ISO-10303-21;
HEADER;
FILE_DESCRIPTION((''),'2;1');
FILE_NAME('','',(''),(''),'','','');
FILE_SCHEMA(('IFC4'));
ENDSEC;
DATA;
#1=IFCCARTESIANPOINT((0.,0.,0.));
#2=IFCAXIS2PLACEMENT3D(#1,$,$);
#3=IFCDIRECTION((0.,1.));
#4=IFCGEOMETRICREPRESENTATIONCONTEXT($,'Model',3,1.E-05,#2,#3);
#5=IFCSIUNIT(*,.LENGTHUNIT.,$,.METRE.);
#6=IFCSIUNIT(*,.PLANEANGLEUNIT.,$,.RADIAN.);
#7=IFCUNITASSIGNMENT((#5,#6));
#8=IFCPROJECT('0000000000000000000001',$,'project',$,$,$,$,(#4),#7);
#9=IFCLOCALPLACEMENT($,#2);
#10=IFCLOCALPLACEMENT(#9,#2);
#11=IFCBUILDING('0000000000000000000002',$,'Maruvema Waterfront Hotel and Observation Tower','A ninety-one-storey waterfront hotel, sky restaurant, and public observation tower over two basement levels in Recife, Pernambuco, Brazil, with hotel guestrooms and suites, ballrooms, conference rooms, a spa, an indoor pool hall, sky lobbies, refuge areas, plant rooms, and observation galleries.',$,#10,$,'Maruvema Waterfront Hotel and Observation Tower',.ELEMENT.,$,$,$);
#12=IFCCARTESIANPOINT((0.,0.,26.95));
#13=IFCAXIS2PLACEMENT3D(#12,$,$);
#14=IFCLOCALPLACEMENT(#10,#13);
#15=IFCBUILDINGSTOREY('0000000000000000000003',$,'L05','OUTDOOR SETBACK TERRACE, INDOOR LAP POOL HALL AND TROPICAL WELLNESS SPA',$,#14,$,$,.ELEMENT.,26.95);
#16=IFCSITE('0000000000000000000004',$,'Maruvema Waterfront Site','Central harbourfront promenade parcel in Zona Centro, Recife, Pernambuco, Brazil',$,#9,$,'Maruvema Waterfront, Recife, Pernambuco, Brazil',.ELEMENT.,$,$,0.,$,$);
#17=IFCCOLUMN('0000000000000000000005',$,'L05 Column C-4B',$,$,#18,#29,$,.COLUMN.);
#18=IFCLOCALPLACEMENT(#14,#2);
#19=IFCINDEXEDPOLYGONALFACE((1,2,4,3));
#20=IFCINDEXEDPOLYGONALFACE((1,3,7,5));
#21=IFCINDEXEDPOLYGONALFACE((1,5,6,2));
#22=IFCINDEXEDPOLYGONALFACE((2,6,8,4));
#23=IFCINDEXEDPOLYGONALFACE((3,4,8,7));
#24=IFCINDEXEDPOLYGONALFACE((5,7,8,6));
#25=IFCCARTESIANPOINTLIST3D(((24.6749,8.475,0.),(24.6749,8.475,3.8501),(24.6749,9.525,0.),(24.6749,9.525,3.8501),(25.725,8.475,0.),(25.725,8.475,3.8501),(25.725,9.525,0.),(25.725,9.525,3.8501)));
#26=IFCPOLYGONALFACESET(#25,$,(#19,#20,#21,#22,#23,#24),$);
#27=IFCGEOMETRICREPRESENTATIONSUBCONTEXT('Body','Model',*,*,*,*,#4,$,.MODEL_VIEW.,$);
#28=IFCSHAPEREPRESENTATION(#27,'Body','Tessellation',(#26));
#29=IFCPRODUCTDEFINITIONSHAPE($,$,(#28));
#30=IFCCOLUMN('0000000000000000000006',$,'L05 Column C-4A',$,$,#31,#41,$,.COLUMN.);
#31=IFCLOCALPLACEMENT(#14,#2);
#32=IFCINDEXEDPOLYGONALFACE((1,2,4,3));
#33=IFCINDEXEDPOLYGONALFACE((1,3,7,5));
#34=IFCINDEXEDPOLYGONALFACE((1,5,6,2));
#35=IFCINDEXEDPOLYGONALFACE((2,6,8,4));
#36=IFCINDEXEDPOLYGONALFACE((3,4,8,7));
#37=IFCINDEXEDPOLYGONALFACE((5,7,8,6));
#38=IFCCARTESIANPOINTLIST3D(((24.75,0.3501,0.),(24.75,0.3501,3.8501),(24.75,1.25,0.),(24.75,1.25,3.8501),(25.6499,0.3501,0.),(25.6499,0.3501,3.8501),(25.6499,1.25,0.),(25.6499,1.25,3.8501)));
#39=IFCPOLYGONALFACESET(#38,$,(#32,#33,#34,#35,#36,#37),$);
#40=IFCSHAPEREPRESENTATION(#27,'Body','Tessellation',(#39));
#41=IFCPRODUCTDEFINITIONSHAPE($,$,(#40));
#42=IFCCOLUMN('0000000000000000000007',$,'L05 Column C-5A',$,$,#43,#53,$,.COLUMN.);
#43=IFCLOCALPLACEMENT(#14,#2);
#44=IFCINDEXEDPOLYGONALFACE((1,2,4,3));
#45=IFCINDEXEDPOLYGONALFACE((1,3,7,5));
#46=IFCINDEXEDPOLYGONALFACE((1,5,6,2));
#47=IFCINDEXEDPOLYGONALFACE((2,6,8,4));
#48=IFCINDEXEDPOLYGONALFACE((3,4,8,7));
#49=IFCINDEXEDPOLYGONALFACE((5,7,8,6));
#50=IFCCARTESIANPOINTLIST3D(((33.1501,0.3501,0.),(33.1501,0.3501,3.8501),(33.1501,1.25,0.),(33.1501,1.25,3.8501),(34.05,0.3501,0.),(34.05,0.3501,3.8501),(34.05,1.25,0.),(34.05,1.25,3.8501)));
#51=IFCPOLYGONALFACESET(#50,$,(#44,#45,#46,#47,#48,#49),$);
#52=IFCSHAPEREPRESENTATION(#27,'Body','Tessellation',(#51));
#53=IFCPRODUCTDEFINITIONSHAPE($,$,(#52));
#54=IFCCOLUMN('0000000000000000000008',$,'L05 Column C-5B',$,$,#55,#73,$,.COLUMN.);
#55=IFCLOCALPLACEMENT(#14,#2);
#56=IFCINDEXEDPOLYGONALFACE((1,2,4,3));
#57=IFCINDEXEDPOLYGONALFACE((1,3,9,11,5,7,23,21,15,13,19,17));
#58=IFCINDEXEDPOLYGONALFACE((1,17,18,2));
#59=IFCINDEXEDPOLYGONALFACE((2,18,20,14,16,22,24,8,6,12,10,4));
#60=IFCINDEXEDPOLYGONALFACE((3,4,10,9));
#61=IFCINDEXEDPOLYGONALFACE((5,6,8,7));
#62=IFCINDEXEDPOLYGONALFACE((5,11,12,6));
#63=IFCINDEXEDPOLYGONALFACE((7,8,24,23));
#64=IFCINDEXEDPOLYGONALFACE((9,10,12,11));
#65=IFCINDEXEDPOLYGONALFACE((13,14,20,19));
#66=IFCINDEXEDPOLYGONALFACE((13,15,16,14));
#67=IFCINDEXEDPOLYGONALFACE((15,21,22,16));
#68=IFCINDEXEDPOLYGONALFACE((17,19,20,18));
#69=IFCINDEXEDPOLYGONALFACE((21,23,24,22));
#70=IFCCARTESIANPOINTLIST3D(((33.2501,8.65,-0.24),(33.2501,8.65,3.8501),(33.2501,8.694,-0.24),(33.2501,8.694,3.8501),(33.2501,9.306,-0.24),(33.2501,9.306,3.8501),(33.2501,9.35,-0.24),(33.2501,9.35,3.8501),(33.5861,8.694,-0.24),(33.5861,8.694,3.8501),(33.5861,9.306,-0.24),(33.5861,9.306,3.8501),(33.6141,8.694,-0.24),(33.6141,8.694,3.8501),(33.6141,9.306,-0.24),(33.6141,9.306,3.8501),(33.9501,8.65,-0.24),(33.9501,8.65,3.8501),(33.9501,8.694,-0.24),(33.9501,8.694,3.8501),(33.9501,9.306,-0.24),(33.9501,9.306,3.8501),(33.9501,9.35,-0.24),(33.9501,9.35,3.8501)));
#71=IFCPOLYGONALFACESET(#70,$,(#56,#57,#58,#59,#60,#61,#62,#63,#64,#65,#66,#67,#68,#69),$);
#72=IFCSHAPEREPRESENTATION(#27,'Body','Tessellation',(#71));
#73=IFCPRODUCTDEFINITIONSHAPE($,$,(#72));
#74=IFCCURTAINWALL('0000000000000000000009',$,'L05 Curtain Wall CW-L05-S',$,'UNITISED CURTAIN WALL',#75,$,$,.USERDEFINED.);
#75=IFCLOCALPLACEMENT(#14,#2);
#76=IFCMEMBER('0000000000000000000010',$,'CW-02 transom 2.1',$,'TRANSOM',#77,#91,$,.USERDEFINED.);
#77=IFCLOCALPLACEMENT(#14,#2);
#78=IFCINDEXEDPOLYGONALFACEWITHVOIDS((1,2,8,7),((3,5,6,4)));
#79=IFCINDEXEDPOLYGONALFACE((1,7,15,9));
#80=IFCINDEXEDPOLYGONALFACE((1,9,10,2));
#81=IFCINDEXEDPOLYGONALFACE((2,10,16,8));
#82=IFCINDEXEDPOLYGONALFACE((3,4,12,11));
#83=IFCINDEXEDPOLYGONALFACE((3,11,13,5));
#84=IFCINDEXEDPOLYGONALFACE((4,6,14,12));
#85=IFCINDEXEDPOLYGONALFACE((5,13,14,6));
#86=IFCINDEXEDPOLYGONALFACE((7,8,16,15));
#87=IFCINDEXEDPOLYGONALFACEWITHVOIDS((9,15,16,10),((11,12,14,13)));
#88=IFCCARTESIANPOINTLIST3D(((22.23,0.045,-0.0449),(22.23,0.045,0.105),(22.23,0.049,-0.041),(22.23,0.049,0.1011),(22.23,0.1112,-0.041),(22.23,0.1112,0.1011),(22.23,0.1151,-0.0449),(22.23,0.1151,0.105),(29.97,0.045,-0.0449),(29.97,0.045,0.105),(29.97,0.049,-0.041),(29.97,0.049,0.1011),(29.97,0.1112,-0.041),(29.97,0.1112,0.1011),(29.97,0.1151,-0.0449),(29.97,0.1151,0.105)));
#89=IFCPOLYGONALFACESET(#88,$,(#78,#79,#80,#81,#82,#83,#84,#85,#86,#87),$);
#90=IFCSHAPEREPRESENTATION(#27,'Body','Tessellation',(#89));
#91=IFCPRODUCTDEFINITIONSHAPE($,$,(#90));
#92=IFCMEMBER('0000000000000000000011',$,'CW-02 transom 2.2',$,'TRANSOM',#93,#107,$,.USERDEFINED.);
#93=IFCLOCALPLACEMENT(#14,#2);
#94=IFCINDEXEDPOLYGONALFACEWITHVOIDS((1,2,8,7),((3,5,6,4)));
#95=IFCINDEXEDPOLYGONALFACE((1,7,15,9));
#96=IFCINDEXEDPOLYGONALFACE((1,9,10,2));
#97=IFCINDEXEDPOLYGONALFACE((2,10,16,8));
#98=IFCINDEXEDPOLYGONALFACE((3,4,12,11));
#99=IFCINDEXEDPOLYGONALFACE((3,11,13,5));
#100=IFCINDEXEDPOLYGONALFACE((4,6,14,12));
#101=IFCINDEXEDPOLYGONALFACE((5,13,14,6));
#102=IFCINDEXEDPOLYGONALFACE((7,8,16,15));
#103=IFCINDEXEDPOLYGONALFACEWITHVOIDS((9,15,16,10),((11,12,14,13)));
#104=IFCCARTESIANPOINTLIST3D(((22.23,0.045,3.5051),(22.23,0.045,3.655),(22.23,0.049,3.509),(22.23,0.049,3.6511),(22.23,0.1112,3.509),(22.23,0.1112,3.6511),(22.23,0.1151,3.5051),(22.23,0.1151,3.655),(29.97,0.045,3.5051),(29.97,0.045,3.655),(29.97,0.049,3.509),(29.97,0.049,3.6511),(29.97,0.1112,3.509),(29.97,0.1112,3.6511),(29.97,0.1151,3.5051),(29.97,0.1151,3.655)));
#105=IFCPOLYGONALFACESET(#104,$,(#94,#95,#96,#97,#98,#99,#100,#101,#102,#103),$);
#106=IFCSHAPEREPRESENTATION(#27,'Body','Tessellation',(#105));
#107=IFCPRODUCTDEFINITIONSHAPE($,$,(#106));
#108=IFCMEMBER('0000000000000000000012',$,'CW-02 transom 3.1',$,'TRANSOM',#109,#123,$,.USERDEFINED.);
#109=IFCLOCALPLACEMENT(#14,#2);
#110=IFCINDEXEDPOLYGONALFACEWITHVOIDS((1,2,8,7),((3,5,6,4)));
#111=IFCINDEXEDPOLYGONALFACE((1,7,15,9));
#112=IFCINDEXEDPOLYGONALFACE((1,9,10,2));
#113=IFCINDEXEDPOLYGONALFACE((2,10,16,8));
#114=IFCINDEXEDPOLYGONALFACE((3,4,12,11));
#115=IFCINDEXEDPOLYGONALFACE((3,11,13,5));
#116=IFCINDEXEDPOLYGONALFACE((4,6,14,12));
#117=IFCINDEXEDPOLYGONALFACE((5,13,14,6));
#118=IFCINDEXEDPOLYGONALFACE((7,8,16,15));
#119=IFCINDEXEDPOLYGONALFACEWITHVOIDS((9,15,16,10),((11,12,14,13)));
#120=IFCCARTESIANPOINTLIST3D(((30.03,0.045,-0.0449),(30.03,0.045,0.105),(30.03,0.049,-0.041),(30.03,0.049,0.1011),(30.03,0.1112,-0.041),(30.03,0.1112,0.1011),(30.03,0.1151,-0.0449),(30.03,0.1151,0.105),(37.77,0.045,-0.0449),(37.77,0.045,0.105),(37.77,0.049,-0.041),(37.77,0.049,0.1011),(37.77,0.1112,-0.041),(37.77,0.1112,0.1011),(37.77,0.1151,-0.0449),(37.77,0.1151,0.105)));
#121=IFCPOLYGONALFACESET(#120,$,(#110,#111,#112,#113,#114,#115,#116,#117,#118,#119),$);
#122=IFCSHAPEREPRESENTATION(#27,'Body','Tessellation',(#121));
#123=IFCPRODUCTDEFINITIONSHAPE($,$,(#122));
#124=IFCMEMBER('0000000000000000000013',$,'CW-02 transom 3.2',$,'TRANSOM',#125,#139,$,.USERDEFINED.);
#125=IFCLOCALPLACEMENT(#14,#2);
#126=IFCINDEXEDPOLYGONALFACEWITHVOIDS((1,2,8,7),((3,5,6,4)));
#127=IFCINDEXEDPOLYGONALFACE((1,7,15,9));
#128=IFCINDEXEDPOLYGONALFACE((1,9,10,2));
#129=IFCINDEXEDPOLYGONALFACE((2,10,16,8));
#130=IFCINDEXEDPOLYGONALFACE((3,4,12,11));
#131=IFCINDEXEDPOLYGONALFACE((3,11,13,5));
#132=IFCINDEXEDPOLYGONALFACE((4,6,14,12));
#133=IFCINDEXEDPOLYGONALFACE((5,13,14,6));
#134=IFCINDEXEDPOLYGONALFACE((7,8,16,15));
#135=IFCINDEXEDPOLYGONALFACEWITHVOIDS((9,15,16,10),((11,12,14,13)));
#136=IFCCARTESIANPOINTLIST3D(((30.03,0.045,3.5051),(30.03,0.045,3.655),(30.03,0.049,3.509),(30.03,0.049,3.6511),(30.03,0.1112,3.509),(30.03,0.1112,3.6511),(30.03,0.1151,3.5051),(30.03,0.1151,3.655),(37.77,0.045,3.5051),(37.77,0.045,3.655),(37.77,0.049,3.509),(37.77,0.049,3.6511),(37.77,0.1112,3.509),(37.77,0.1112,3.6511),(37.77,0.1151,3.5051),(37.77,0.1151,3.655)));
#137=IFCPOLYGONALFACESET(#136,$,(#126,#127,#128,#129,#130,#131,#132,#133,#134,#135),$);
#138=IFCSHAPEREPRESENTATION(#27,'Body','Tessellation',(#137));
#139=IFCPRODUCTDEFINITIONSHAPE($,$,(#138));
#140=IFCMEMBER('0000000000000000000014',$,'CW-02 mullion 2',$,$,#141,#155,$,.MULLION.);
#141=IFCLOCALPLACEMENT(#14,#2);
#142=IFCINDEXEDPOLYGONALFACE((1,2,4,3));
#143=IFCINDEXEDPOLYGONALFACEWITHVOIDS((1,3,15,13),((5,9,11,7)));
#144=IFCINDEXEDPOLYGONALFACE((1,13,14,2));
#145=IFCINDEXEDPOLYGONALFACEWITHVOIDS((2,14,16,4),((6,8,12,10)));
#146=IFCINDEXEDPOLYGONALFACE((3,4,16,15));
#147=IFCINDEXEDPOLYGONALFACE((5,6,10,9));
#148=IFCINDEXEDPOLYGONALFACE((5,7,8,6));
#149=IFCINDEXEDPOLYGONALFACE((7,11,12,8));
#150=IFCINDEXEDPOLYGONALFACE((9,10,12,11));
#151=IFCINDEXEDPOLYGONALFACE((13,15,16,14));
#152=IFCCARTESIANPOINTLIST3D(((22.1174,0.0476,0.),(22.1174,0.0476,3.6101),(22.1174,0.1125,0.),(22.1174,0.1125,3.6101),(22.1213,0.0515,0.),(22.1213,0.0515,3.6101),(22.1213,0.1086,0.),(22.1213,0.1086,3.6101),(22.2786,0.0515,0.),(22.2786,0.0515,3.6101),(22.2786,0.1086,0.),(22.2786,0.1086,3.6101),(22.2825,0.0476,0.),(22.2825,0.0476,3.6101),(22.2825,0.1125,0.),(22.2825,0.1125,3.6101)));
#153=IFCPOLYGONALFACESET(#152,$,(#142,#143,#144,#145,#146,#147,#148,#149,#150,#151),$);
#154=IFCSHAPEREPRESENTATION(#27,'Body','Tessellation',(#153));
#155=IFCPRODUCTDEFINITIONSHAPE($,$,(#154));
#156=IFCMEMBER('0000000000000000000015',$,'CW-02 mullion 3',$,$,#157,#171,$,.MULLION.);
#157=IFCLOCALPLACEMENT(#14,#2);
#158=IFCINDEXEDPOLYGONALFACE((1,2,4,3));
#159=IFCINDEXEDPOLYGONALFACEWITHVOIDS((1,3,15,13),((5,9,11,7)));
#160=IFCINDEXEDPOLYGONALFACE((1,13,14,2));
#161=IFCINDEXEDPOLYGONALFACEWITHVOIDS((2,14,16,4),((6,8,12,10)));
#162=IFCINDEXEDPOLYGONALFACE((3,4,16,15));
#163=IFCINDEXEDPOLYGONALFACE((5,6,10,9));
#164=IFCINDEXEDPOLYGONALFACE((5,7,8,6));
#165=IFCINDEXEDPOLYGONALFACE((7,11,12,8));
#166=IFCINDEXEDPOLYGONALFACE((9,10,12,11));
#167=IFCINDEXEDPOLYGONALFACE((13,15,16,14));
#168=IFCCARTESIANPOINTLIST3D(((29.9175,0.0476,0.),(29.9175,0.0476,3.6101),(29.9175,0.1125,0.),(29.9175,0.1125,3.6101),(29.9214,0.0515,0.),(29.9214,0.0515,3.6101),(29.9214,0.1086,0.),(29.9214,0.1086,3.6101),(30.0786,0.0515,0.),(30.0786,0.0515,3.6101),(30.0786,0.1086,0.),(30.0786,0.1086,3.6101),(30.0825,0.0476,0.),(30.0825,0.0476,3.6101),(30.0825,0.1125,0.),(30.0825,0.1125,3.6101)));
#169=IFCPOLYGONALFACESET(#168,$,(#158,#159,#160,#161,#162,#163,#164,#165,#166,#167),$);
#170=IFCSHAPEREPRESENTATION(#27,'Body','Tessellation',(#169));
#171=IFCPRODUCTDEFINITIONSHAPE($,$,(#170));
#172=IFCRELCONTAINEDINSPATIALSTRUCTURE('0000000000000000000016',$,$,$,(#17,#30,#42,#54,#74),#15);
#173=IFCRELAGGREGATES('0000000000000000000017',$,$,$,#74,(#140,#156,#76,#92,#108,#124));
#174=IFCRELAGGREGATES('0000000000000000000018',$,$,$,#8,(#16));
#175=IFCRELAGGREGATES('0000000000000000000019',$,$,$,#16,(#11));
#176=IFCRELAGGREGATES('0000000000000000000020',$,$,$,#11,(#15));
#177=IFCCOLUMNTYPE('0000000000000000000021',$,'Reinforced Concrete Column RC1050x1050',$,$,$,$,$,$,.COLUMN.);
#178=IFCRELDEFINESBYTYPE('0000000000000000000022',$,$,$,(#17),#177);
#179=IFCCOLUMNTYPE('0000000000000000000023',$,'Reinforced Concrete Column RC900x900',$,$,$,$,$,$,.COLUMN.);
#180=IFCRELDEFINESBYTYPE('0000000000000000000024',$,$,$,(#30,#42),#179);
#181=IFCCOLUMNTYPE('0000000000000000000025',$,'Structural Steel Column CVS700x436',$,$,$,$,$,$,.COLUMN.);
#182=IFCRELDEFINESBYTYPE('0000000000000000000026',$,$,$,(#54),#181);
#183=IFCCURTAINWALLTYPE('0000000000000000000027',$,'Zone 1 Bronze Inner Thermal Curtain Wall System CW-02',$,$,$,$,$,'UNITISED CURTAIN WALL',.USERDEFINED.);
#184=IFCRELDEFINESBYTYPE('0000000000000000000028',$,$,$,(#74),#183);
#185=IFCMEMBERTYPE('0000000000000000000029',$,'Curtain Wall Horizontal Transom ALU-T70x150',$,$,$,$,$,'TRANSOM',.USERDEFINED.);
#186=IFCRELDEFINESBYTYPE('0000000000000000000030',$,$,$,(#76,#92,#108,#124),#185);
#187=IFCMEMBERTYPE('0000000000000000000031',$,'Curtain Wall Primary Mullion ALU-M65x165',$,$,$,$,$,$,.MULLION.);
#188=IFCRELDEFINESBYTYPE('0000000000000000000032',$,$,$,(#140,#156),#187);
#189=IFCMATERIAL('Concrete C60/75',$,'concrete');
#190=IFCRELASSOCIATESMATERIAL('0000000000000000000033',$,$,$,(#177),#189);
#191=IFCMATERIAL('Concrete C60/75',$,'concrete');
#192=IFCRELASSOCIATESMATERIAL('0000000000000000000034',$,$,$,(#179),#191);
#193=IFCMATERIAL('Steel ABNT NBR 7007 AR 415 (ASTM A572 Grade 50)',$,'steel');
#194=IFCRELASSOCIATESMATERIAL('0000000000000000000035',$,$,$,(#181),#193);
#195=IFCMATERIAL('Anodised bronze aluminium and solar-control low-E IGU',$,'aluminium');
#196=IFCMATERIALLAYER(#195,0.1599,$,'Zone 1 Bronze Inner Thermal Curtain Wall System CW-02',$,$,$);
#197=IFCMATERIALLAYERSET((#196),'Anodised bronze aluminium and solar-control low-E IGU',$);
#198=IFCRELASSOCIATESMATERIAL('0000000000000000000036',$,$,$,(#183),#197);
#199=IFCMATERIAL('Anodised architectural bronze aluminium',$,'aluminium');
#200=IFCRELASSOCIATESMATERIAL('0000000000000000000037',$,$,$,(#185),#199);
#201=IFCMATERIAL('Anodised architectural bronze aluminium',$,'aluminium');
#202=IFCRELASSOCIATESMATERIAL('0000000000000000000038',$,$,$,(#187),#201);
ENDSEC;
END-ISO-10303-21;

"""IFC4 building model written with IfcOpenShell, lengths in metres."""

from ifc_helpers import new_model, si_unit, direction, frame, origin, origin_2d, place, context, subcontext, project, spatial, rectangle, hollow_rectangle, i_section, extrude, material, layer, layer_set, material_profile, profile_set, type_object, element, aggregate, save


model = new_model("IFC4")

# Units and contexts
model_context = context("Model", 3, precision=1e-05, world=origin(), true_north=direction((0.0, 1.0)))
body_context = subcontext(model_context, "Body", "Model", "MODEL_VIEW")
ifc_project = project(units=[si_unit("LENGTHUNIT", "METRE"), si_unit("PLANEANGLEUNIT", "RADIAN")], contexts=[model_context])

# Site, building, storey
site_placement = place(None, origin())
site = spatial("IfcSite", under=ifc_project, at=site_placement, Name="Maruvema Waterfront Site", Description="Central harbourfront promenade parcel in Zona Centro, Recife, Pernambuco, Brazil", LongName="Maruvema Waterfront, Recife, Pernambuco, Brazil", CompositionType="ELEMENT", RefElevation=0.0)
building_placement = place(site_placement, origin())
building = spatial("IfcBuilding", under=site, at=building_placement, Name="Maruvema Waterfront Hotel and Observation Tower", Description="A ninety-one-storey waterfront hotel, sky restaurant, and public observation tower over two basement levels in Recife, Pernambuco, Brazil, with hotel guestrooms and suites, ballrooms, conference rooms, a spa, an indoor pool hall, sky lobbies, refuge areas, plant rooms, and observation galleries.", LongName="Maruvema Waterfront Hotel and Observation Tower", CompositionType="ELEMENT")
storey_placement = place(building_placement, frame((0.0, 0.0, 26.95)))
storey = spatial("IfcBuildingStorey", under=building, at=storey_placement, Name="L05", Description="OUTDOOR SETBACK TERRACE, INDOOR LAP POOL HALL AND TROPICAL WELLNESS SPA", CompositionType="ELEMENT", Elevation=26.95)

# Columns
ifc_material_1 = material(Name="Concrete C60/75", Category="concrete")
ifc_material_profile_1 = material_profile(ifc_material_1, rectangle(XDim=1.05, YDim=1.05, at=origin_2d()), Name="RC1050x1050")
ifc_profile_set_1 = profile_set([ifc_material_profile_1], Name="Concrete C60/75")
column_type_1 = type_object("IfcColumnType", Name="Reinforced Concrete Column RC1050x1050", PredefinedType="COLUMN", material=ifc_profile_set_1)
column_1_placement = place(storey_placement, frame((25.2, 9.0, 0.0), z_axis=(0.0, 0.0, 1.0), x_axis=(1.0, 0.0, 0.0)))
element("IfcColumn", 1, at=column_1_placement, inside=storey, type_object=column_type_1, Name="L05 Column C-4B", PredefinedType="COLUMN", context=body_context, shape_type="SweptSolid", body=[
    extrude(rectangle(XDim=1.05, YDim=1.05, at=origin_2d()), origin(), (0.0, 0.0, 1.0), 3.8501),
])
ifc_material_2 = material(Name="Concrete C60/75", Category="concrete")
ifc_material_profile_2 = material_profile(ifc_material_2, rectangle(XDim=0.8999, YDim=0.8999, at=origin_2d()), Name="RC900x900")
ifc_profile_set_2 = profile_set([ifc_material_profile_2], Name="Concrete C60/75")
column_type_2 = type_object("IfcColumnType", Name="Reinforced Concrete Column RC900x900", PredefinedType="COLUMN", material=ifc_profile_set_2)
for number, where, z_axis, x_axis, name in (
    (2, (25.2, 0.8, 0.0), (0.0, 0.0, 1.0), (1.0, 0.0, 0.0), "L05 Column C-4A"),
    (3, (33.6001, 0.8, 0.0), (0.0, 0.0, 1.0), (1.0, 0.0, 0.0), "L05 Column C-5A"),
):
    element("IfcColumn", number, at=place(storey_placement, frame(where, z_axis=z_axis, x_axis=x_axis)), inside=storey, type_object=column_type_2, Name=name, PredefinedType="COLUMN", context=body_context, shape_type="SweptSolid", body=[
        extrude(rectangle(XDim=0.8999, YDim=0.8999, at=origin_2d()), origin(), (0.0, 0.0, 1.0), 3.8501),
    ])
ifc_material_3 = material(Name="Steel ABNT NBR 7007 AR 415 (ASTM A572 Grade 50)", Category="steel")
ifc_material_profile_3 = material_profile(ifc_material_3, i_section(OverallWidth=0.7, OverallDepth=0.7, WebThickness=0.0281, FlangeThickness=0.0439, at=origin_2d()), Name="CVS700x436")
ifc_profile_set_3 = profile_set([ifc_material_profile_3], Name="Steel ABNT NBR 7007 AR 415 (ASTM A572 Grade 50)")
column_type_3 = type_object("IfcColumnType", Name="Structural Steel Column CVS700x436", PredefinedType="COLUMN", material=ifc_profile_set_3)
column_2_placement = place(storey_placement, frame((33.6001, 9.0, -0.24), z_axis=(0.0, 0.0, 1.0), x_axis=(1.0, 0.0, 0.0)))
element("IfcColumn", 4, at=column_2_placement, inside=storey, type_object=column_type_3, Name="L05 Column C-5B", PredefinedType="COLUMN", context=body_context, shape_type="SweptSolid", body=[
    extrude(i_section(OverallWidth=0.7, OverallDepth=0.7, WebThickness=0.0281, FlangeThickness=0.0439, at=origin_2d()), origin(), (0.0, 0.0, 1.0), 4.0901),
])

# Curtain wall, members
ifc_material_4 = material(Name="Anodised bronze aluminium and solar-control low-E IGU", Category="aluminium")
ifc_layer_1 = layer(ifc_material_4, 0.1599, Name="Zone 1 Bronze Inner Thermal Curtain Wall System CW-02")
ifc_layer_set_1 = layer_set([ifc_layer_1], Name="Anodised bronze aluminium and solar-control low-E IGU")
curtain_wall_type = type_object("IfcCurtainWallType", Name="Zone 1 Bronze Inner Thermal Curtain Wall System CW-02", ElementType="UNITISED CURTAIN WALL", PredefinedType="USERDEFINED", material=ifc_layer_set_1)
curtain_wall_placement = place(storey_placement, origin())
curtain_wall = element("IfcCurtainWall", 5, at=curtain_wall_placement, inside=storey, type_object=curtain_wall_type, Name="L05 Curtain Wall CW-L05-S", ObjectType="UNITISED CURTAIN WALL", PredefinedType="USERDEFINED")
ifc_material_5 = material(Name="Anodised architectural bronze aluminium", Category="aluminium")
ifc_material_profile_4 = material_profile(ifc_material_5, hollow_rectangle(XDim=0.0701, YDim=0.1499, WallThickness=0.0039, at=origin_2d()), Name="ALU-T70x150")
ifc_profile_set_4 = profile_set([ifc_material_profile_4], Name="Anodised architectural bronze aluminium")
member_type_1 = type_object("IfcMemberType", Name="Curtain Wall Horizontal Transom ALU-T70x150", ElementType="TRANSOM", PredefinedType="USERDEFINED", material=ifc_profile_set_4)
member_1_placement = place(storey_placement, frame((22.23, 0.0801, 0.03), z_axis=(1.0, 0.0, 0.0), x_axis=(0.0, 1.0, 0.0)))
member_1 = element("IfcMember", 6, at=member_1_placement, type_object=member_type_1, Name="CW-02 transom 2.1", ObjectType="TRANSOM", PredefinedType="USERDEFINED", context=body_context, shape_type="SweptSolid", body=[
    extrude(hollow_rectangle(XDim=0.0701, YDim=0.1499, WallThickness=0.0039, at=origin_2d()), origin(), (0.0, 0.0, 1.0), 7.74),
])
member_2_placement = place(storey_placement, frame((22.23, 0.0801, 3.5801), z_axis=(1.0, 0.0, 0.0), x_axis=(0.0, 1.0, 0.0)))
member_2 = element("IfcMember", 7, at=member_2_placement, type_object=member_type_1, Name="CW-02 transom 2.2", ObjectType="TRANSOM", PredefinedType="USERDEFINED", context=body_context, shape_type="SweptSolid", body=[
    extrude(hollow_rectangle(XDim=0.0701, YDim=0.1499, WallThickness=0.0039, at=origin_2d()), origin(), (0.0, 0.0, 1.0), 7.74),
])
member_3_placement = place(storey_placement, frame((30.03, 0.0801, 0.03), z_axis=(1.0, 0.0, 0.0), x_axis=(0.0, 1.0, 0.0)))
member_3 = element("IfcMember", 8, at=member_3_placement, type_object=member_type_1, Name="CW-02 transom 3.1", ObjectType="TRANSOM", PredefinedType="USERDEFINED", context=body_context, shape_type="SweptSolid", body=[
    extrude(hollow_rectangle(XDim=0.0701, YDim=0.1499, WallThickness=0.0039, at=origin_2d()), origin(), (0.0, 0.0, 1.0), 7.74),
])
member_4_placement = place(storey_placement, frame((30.03, 0.0801, 3.5801), z_axis=(1.0, 0.0, 0.0), x_axis=(0.0, 1.0, 0.0)))
member_4 = element("IfcMember", 9, at=member_4_placement, type_object=member_type_1, Name="CW-02 transom 3.2", ObjectType="TRANSOM", PredefinedType="USERDEFINED", context=body_context, shape_type="SweptSolid", body=[
    extrude(hollow_rectangle(XDim=0.0701, YDim=0.1499, WallThickness=0.0039, at=origin_2d()), origin(), (0.0, 0.0, 1.0), 7.74),
])
ifc_material_6 = material(Name="Anodised architectural bronze aluminium", Category="aluminium")
ifc_material_profile_5 = material_profile(ifc_material_6, hollow_rectangle(XDim=0.0649, YDim=0.165, WallThickness=0.0039, at=origin_2d()), Name="ALU-M65x165")
ifc_profile_set_5 = profile_set([ifc_material_profile_5], Name="Anodised architectural bronze aluminium")
member_type_2 = type_object("IfcMemberType", Name="Curtain Wall Primary Mullion ALU-M65x165", PredefinedType="MULLION", material=ifc_profile_set_5)
member_5_placement = place(storey_placement, frame((22.2, 0.0801, 0.0), z_axis=(0.0, 0.0, 1.0), x_axis=(0.0, 1.0, 0.0)))
member_5 = element("IfcMember", 10, at=member_5_placement, type_object=member_type_2, Name="CW-02 mullion 2", PredefinedType="MULLION", context=body_context, shape_type="SweptSolid", body=[
    extrude(hollow_rectangle(XDim=0.0649, YDim=0.165, WallThickness=0.0039, at=origin_2d()), origin(), (0.0, 0.0, 1.0), 3.6101),
])
member_6_placement = place(storey_placement, frame((30.0, 0.0801, 0.0), z_axis=(0.0, 0.0, 1.0), x_axis=(0.0, 1.0, 0.0)))
member_6 = element("IfcMember", 11, at=member_6_placement, type_object=member_type_2, Name="CW-02 mullion 3", PredefinedType="MULLION", context=body_context, shape_type="SweptSolid", body=[
    extrude(hollow_rectangle(XDim=0.0649, YDim=0.165, WallThickness=0.0039, at=origin_2d()), origin(), (0.0, 0.0, 1.0), 3.6101),
])

aggregate(curtain_wall, [member_5, member_6, member_1, member_2, member_3, member_4])

save(model, "model.ifc")
